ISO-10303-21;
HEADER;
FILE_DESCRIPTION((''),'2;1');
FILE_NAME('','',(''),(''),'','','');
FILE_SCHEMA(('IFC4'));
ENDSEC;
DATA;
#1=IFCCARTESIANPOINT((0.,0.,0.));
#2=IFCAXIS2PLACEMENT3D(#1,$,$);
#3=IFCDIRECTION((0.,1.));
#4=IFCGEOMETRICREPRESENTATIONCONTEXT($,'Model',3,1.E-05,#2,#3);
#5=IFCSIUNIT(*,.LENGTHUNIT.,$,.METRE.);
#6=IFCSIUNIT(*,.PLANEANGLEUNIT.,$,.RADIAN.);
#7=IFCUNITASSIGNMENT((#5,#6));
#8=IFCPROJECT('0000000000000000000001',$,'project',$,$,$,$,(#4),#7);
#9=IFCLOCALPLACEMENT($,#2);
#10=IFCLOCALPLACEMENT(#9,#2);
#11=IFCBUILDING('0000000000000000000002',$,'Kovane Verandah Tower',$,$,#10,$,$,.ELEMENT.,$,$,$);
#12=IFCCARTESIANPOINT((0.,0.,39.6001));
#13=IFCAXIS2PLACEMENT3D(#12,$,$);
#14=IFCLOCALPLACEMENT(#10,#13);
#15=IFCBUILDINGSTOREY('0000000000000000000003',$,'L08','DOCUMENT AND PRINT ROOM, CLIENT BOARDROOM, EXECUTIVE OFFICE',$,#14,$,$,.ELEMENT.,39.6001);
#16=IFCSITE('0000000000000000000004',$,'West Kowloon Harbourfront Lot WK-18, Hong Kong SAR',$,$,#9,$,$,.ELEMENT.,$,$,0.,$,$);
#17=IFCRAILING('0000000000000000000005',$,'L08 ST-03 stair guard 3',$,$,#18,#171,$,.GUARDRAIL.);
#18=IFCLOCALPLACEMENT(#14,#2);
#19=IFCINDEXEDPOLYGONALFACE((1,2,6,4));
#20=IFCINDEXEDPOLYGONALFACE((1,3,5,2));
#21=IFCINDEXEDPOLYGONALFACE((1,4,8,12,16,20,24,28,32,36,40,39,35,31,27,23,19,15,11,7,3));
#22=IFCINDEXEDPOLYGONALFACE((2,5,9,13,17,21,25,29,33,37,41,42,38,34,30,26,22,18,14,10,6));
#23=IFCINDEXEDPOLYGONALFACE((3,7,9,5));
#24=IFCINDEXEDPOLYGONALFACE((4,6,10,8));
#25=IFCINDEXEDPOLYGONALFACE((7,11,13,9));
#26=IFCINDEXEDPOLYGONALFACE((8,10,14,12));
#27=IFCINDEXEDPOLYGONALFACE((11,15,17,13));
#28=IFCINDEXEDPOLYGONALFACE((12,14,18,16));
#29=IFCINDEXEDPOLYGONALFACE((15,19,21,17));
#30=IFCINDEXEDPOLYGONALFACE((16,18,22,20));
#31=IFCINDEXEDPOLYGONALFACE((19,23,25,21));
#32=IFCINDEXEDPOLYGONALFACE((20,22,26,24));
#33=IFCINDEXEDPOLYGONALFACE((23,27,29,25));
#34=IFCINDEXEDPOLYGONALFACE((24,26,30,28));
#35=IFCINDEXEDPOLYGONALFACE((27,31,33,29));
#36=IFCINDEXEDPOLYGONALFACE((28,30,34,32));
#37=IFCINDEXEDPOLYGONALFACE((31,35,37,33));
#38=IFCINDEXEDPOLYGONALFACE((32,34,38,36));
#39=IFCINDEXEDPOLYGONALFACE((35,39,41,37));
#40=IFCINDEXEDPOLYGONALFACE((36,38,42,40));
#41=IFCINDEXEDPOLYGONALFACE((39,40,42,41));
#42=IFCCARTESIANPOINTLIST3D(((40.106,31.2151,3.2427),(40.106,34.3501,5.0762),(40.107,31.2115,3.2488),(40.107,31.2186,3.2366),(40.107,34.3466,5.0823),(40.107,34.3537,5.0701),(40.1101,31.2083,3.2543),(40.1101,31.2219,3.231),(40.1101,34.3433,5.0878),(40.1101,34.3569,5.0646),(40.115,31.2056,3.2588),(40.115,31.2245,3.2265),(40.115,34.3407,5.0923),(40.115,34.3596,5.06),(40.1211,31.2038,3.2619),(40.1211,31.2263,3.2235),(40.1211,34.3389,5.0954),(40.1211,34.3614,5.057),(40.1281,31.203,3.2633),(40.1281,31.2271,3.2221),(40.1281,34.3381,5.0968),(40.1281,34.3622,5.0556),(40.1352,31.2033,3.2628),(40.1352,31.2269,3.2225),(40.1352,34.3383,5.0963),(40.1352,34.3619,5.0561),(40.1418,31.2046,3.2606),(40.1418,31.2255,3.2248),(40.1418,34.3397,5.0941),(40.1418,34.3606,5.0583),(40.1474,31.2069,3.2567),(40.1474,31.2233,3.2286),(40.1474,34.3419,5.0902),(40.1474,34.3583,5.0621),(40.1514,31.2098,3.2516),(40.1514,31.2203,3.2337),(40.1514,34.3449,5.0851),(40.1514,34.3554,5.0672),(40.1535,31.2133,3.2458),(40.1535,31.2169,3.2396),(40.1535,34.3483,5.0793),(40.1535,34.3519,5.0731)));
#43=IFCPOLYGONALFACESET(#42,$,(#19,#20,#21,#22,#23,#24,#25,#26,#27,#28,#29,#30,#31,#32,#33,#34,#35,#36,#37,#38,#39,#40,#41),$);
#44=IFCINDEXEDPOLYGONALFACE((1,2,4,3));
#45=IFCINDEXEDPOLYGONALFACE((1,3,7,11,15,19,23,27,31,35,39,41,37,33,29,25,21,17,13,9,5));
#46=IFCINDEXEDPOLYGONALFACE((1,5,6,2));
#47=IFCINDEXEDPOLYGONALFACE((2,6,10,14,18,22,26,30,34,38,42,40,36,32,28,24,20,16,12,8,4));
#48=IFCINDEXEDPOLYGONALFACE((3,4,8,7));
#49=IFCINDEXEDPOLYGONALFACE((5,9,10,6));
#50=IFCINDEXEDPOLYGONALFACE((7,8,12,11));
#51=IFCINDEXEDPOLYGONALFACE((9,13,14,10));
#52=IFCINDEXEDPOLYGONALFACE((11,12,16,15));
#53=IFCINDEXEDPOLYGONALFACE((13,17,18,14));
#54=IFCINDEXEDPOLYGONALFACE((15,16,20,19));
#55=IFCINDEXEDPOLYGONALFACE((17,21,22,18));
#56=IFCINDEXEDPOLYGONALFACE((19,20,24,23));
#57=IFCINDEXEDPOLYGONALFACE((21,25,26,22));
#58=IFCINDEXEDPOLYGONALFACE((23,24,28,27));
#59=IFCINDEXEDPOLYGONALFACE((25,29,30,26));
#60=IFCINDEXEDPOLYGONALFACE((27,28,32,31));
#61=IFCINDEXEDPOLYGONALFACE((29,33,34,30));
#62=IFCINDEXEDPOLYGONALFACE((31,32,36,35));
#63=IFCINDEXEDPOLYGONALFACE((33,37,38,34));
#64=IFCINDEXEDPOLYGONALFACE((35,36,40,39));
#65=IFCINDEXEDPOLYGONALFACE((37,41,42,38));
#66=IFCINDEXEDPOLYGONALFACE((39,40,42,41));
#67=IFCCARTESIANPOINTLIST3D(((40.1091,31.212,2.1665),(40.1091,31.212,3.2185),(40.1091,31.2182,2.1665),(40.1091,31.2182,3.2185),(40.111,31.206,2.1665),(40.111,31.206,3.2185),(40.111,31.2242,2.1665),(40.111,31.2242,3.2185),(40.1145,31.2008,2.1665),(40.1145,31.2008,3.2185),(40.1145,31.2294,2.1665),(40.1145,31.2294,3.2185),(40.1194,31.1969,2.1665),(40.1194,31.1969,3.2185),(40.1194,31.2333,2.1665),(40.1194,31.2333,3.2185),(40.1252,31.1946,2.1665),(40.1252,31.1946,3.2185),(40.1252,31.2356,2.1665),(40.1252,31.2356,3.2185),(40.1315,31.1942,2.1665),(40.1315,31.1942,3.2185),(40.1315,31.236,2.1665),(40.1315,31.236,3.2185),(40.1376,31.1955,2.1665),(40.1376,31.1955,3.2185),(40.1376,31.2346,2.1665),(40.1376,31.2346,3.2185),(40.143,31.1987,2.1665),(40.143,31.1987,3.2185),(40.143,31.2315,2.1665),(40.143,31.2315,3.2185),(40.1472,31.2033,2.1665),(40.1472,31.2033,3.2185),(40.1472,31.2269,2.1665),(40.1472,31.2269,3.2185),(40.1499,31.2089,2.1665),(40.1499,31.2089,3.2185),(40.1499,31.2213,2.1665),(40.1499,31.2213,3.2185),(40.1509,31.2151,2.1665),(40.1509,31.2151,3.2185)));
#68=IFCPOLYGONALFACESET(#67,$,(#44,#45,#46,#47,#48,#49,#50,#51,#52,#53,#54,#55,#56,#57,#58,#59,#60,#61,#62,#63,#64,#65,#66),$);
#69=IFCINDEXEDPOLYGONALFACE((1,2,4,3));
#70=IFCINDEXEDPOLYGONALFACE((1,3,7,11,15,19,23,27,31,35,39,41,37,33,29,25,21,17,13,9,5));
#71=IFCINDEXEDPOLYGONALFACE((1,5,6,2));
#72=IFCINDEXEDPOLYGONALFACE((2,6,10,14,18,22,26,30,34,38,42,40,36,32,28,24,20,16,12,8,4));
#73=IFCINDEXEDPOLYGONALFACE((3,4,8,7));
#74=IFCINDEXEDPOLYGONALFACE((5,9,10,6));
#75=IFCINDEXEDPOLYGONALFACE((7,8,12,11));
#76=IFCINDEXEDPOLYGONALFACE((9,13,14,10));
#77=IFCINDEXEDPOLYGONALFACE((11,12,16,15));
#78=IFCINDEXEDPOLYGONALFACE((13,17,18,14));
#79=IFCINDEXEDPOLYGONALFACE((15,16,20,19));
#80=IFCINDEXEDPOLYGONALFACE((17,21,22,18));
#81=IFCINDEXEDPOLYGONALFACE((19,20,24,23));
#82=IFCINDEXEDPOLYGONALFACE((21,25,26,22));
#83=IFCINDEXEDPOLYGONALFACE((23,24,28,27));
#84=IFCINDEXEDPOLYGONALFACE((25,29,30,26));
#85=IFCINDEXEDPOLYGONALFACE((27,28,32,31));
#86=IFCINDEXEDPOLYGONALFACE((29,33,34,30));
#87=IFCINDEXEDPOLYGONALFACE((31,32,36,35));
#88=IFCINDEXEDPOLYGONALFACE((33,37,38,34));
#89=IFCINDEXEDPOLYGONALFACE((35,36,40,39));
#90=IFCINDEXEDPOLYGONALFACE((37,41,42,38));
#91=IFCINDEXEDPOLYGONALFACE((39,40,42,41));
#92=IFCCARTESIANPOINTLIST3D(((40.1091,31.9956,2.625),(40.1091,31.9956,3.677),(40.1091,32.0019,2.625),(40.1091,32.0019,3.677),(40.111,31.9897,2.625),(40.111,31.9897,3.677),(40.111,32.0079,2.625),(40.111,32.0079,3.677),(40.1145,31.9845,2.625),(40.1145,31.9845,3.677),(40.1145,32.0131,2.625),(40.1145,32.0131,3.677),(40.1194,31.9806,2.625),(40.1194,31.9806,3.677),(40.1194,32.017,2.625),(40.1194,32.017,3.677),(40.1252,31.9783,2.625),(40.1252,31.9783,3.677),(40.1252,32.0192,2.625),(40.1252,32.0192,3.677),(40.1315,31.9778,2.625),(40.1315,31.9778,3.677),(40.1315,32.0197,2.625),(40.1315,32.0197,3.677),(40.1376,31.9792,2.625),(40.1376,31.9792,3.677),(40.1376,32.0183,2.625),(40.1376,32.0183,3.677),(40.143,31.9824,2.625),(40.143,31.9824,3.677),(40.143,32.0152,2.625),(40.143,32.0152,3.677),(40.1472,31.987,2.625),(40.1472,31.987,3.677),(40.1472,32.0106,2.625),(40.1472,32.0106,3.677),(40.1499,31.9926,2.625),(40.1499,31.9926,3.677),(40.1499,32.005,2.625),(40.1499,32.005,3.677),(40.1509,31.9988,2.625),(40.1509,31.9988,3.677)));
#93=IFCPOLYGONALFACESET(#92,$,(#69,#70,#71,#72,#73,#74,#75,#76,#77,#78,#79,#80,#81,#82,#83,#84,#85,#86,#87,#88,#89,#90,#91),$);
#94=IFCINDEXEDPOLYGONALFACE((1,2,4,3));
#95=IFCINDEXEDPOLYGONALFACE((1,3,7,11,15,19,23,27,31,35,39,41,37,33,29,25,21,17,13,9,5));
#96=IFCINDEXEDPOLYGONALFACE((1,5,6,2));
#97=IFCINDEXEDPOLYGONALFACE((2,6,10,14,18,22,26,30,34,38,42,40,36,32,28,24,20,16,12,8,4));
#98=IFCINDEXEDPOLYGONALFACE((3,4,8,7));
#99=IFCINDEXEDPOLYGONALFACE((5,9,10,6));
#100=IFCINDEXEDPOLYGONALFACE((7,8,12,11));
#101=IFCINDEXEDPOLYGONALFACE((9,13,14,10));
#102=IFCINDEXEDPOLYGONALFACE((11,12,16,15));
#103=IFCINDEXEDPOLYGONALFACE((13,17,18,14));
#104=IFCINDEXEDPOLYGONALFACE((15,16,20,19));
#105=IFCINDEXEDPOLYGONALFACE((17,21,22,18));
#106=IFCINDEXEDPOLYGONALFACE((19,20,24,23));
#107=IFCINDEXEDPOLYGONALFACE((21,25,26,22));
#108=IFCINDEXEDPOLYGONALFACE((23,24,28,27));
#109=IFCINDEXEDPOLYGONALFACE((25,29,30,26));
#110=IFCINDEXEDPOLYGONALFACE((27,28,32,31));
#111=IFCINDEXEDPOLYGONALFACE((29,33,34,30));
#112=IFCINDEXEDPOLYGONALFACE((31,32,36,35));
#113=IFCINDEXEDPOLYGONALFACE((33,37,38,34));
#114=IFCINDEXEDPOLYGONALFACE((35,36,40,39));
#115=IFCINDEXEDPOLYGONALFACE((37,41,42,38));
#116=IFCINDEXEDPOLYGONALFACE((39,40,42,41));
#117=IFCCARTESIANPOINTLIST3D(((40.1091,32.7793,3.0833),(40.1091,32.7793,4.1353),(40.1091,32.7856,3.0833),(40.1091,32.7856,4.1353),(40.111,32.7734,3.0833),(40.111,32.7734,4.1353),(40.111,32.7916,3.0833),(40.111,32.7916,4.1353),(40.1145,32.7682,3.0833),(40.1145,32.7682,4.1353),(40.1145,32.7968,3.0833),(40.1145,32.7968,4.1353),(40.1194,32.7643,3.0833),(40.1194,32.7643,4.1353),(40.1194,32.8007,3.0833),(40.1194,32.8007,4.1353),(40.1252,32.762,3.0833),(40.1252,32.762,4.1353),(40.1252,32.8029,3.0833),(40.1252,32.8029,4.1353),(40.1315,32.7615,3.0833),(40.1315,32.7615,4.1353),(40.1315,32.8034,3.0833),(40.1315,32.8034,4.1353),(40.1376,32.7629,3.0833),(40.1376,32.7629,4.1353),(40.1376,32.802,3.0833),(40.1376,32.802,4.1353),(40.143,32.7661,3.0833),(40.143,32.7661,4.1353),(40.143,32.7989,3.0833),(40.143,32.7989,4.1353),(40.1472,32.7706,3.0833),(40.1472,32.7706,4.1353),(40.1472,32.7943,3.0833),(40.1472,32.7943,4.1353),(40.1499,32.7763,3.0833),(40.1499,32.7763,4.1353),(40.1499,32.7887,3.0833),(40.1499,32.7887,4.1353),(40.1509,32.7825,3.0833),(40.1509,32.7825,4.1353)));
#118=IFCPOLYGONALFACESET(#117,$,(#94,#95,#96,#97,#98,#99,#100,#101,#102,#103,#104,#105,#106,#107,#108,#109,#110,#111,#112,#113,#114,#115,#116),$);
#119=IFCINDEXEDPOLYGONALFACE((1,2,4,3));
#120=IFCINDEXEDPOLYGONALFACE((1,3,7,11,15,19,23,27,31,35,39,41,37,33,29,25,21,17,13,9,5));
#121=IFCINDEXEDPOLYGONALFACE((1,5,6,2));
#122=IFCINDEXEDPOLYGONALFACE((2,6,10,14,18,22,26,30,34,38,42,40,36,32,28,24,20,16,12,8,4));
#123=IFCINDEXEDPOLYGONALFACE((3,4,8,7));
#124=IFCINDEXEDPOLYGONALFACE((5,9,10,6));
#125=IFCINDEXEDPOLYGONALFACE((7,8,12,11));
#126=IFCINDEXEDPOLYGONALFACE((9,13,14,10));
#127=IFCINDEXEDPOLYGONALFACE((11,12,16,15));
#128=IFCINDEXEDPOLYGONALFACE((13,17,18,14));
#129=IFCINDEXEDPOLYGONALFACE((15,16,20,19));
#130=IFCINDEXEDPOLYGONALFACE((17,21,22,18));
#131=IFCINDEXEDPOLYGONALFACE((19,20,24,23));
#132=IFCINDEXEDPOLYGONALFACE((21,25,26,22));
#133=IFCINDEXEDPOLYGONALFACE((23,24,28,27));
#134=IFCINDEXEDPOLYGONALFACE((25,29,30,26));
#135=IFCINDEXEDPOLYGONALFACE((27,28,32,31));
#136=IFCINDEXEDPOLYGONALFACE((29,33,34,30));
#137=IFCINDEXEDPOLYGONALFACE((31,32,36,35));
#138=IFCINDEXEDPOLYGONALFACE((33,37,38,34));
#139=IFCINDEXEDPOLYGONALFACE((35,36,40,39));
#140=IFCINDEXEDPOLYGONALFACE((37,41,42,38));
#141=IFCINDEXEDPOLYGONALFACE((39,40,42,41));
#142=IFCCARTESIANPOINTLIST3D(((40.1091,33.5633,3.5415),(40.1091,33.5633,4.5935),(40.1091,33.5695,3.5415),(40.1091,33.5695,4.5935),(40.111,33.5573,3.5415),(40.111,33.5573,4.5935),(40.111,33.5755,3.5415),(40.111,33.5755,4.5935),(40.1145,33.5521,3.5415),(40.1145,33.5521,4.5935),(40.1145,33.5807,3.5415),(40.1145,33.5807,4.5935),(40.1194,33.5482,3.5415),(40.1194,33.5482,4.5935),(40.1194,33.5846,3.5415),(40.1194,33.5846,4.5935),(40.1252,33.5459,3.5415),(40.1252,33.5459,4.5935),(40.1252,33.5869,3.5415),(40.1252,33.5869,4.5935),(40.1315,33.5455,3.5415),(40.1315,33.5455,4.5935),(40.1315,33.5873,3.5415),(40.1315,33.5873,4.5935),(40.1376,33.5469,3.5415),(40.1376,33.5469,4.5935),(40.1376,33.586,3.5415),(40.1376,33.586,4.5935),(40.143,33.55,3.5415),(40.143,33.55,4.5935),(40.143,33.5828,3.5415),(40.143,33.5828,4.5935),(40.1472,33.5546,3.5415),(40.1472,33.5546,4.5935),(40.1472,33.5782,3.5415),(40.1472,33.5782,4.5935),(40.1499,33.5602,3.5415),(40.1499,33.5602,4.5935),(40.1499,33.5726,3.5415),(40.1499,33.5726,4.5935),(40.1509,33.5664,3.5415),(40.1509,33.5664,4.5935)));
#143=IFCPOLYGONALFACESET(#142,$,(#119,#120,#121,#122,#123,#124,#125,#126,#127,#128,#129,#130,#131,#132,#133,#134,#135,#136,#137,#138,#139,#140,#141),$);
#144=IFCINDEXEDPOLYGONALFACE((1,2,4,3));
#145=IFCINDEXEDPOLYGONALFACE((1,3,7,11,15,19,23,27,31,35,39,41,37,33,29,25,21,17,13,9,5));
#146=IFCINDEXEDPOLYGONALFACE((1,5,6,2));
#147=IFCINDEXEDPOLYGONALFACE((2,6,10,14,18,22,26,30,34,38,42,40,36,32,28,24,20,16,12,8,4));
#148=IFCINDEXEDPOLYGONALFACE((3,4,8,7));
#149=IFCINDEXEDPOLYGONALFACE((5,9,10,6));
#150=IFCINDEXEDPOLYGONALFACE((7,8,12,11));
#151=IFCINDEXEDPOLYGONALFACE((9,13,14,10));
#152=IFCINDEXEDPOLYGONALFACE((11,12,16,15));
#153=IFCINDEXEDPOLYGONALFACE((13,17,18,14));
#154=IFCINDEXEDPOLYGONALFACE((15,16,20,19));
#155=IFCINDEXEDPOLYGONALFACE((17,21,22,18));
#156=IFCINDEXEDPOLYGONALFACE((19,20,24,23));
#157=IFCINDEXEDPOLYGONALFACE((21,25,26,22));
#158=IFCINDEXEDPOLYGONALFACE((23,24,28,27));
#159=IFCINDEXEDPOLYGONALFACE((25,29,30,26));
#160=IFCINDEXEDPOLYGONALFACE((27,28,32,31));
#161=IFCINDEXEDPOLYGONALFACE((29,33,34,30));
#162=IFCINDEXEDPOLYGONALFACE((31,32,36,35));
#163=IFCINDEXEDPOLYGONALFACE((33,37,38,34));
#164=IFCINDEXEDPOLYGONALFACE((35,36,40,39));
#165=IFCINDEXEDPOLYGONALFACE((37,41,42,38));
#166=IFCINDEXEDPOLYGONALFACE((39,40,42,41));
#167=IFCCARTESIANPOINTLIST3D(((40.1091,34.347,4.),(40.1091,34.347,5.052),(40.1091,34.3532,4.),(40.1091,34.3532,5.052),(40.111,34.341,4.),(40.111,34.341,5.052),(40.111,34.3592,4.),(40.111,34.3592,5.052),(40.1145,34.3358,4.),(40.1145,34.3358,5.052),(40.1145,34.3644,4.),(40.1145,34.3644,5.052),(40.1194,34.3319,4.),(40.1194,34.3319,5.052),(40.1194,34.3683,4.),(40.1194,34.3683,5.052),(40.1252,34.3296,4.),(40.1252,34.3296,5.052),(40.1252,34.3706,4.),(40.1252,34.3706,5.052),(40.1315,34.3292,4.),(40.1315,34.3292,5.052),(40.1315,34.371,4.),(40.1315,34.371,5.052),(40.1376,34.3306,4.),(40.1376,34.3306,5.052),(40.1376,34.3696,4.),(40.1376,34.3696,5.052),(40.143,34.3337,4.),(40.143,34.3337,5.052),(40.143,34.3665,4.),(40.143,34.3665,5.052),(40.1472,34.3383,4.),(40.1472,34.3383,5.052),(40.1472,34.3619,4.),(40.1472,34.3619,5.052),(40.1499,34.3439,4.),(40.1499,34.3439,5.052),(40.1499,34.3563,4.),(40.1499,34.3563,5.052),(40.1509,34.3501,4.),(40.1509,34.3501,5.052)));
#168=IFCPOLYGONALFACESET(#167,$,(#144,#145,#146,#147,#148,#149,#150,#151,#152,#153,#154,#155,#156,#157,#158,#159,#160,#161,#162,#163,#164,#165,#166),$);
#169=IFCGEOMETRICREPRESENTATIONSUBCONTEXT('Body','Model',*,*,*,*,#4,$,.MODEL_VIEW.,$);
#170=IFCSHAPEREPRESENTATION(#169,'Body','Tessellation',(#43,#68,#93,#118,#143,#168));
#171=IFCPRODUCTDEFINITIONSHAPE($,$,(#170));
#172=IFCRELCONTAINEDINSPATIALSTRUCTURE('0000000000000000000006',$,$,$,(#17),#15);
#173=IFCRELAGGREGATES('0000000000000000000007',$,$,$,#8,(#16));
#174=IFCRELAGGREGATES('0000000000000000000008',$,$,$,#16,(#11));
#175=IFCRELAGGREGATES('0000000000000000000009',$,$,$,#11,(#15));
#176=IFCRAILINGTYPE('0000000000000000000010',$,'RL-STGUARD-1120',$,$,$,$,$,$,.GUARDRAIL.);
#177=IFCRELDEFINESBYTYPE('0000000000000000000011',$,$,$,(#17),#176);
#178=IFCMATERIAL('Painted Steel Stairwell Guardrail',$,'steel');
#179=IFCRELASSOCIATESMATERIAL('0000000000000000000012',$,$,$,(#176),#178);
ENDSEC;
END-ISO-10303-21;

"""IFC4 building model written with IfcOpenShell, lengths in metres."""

from ifc_helpers import new_model, si_unit, direction, frame, origin, origin_2d, place, context, subcontext, project, spatial, circle, extrude, material, type_object, element, save


model = new_model("IFC4")

# Units and contexts
model_context = context("Model", 3, precision=1e-05, world=origin(), true_north=direction((0.0, 1.0)))
body_context = subcontext(model_context, "Body", "Model", "MODEL_VIEW")
ifc_project = project(units=[si_unit("LENGTHUNIT", "METRE"), si_unit("PLANEANGLEUNIT", "RADIAN")], contexts=[model_context])

# Site, building, storey
site_placement = place(None, origin())
site = spatial("IfcSite", under=ifc_project, at=site_placement, Name="West Kowloon Harbourfront Lot WK-18, Hong Kong SAR", CompositionType="ELEMENT", RefElevation=0.0)
building_placement = place(site_placement, origin())
building = spatial("IfcBuilding", under=site, at=building_placement, Name="Kovane Verandah Tower", CompositionType="ELEMENT")
storey_placement = place(building_placement, frame((0.0, 0.0, 39.6001)))
storey = spatial("IfcBuildingStorey", under=building, at=storey_placement, Name="L08", Description="DOCUMENT AND PRINT ROOM, CLIENT BOARDROOM, EXECUTIVE OFFICE", CompositionType="ELEMENT", Elevation=39.6001)

# Railing
ifc_material_1 = material(Name="Painted Steel Stairwell Guardrail", Category="steel")
railing_type_1 = type_object("IfcRailingType", Name="RL-STGUARD-1120", PredefinedType="GUARDRAIL", material=ifc_material_1)
railing_1_placement = place(storey_placement, frame((40.1299, 31.2151, 2.1665)))
element("IfcRailing", 1, at=railing_1_placement, inside=storey, type_object=railing_type_1, Name="L08 ST-03 stair guard 3", PredefinedType="GUARDRAIL", context=body_context, shape_type="SweptSolid", body=[
    extrude(circle(Radius=0.0239, at=origin_2d()), frame((0.0, 0.0, 1.0762), z_axis=(0.0, 0.86321, 0.504845), x_axis=(-1.0, 0.0, 0.0)), (0.0, 0.0, 1.0), 3.6318),
    extrude(circle(Radius=0.021, at=origin_2d()), origin(), (0.0, 0.0, 1.0), 1.052),
    extrude(circle(Radius=0.021, at=origin_2d()), frame((0.0, 0.7837, 0.4585)), (0.0, 0.0, 1.0), 1.052),
    extrude(circle(Radius=0.021, at=origin_2d()), frame((0.0, 1.5674, 0.9167)), (0.0, 0.0, 1.0), 1.052),
    extrude(circle(Radius=0.021, at=origin_2d()), frame((0.0, 2.3513, 1.375)), (0.0, 0.0, 1.0), 1.052),
    extrude(circle(Radius=0.021, at=origin_2d()), frame((0.0, 3.135, 1.8335)), (0.0, 0.0, 1.0), 1.052),
])

save(model, "model.ifc")
